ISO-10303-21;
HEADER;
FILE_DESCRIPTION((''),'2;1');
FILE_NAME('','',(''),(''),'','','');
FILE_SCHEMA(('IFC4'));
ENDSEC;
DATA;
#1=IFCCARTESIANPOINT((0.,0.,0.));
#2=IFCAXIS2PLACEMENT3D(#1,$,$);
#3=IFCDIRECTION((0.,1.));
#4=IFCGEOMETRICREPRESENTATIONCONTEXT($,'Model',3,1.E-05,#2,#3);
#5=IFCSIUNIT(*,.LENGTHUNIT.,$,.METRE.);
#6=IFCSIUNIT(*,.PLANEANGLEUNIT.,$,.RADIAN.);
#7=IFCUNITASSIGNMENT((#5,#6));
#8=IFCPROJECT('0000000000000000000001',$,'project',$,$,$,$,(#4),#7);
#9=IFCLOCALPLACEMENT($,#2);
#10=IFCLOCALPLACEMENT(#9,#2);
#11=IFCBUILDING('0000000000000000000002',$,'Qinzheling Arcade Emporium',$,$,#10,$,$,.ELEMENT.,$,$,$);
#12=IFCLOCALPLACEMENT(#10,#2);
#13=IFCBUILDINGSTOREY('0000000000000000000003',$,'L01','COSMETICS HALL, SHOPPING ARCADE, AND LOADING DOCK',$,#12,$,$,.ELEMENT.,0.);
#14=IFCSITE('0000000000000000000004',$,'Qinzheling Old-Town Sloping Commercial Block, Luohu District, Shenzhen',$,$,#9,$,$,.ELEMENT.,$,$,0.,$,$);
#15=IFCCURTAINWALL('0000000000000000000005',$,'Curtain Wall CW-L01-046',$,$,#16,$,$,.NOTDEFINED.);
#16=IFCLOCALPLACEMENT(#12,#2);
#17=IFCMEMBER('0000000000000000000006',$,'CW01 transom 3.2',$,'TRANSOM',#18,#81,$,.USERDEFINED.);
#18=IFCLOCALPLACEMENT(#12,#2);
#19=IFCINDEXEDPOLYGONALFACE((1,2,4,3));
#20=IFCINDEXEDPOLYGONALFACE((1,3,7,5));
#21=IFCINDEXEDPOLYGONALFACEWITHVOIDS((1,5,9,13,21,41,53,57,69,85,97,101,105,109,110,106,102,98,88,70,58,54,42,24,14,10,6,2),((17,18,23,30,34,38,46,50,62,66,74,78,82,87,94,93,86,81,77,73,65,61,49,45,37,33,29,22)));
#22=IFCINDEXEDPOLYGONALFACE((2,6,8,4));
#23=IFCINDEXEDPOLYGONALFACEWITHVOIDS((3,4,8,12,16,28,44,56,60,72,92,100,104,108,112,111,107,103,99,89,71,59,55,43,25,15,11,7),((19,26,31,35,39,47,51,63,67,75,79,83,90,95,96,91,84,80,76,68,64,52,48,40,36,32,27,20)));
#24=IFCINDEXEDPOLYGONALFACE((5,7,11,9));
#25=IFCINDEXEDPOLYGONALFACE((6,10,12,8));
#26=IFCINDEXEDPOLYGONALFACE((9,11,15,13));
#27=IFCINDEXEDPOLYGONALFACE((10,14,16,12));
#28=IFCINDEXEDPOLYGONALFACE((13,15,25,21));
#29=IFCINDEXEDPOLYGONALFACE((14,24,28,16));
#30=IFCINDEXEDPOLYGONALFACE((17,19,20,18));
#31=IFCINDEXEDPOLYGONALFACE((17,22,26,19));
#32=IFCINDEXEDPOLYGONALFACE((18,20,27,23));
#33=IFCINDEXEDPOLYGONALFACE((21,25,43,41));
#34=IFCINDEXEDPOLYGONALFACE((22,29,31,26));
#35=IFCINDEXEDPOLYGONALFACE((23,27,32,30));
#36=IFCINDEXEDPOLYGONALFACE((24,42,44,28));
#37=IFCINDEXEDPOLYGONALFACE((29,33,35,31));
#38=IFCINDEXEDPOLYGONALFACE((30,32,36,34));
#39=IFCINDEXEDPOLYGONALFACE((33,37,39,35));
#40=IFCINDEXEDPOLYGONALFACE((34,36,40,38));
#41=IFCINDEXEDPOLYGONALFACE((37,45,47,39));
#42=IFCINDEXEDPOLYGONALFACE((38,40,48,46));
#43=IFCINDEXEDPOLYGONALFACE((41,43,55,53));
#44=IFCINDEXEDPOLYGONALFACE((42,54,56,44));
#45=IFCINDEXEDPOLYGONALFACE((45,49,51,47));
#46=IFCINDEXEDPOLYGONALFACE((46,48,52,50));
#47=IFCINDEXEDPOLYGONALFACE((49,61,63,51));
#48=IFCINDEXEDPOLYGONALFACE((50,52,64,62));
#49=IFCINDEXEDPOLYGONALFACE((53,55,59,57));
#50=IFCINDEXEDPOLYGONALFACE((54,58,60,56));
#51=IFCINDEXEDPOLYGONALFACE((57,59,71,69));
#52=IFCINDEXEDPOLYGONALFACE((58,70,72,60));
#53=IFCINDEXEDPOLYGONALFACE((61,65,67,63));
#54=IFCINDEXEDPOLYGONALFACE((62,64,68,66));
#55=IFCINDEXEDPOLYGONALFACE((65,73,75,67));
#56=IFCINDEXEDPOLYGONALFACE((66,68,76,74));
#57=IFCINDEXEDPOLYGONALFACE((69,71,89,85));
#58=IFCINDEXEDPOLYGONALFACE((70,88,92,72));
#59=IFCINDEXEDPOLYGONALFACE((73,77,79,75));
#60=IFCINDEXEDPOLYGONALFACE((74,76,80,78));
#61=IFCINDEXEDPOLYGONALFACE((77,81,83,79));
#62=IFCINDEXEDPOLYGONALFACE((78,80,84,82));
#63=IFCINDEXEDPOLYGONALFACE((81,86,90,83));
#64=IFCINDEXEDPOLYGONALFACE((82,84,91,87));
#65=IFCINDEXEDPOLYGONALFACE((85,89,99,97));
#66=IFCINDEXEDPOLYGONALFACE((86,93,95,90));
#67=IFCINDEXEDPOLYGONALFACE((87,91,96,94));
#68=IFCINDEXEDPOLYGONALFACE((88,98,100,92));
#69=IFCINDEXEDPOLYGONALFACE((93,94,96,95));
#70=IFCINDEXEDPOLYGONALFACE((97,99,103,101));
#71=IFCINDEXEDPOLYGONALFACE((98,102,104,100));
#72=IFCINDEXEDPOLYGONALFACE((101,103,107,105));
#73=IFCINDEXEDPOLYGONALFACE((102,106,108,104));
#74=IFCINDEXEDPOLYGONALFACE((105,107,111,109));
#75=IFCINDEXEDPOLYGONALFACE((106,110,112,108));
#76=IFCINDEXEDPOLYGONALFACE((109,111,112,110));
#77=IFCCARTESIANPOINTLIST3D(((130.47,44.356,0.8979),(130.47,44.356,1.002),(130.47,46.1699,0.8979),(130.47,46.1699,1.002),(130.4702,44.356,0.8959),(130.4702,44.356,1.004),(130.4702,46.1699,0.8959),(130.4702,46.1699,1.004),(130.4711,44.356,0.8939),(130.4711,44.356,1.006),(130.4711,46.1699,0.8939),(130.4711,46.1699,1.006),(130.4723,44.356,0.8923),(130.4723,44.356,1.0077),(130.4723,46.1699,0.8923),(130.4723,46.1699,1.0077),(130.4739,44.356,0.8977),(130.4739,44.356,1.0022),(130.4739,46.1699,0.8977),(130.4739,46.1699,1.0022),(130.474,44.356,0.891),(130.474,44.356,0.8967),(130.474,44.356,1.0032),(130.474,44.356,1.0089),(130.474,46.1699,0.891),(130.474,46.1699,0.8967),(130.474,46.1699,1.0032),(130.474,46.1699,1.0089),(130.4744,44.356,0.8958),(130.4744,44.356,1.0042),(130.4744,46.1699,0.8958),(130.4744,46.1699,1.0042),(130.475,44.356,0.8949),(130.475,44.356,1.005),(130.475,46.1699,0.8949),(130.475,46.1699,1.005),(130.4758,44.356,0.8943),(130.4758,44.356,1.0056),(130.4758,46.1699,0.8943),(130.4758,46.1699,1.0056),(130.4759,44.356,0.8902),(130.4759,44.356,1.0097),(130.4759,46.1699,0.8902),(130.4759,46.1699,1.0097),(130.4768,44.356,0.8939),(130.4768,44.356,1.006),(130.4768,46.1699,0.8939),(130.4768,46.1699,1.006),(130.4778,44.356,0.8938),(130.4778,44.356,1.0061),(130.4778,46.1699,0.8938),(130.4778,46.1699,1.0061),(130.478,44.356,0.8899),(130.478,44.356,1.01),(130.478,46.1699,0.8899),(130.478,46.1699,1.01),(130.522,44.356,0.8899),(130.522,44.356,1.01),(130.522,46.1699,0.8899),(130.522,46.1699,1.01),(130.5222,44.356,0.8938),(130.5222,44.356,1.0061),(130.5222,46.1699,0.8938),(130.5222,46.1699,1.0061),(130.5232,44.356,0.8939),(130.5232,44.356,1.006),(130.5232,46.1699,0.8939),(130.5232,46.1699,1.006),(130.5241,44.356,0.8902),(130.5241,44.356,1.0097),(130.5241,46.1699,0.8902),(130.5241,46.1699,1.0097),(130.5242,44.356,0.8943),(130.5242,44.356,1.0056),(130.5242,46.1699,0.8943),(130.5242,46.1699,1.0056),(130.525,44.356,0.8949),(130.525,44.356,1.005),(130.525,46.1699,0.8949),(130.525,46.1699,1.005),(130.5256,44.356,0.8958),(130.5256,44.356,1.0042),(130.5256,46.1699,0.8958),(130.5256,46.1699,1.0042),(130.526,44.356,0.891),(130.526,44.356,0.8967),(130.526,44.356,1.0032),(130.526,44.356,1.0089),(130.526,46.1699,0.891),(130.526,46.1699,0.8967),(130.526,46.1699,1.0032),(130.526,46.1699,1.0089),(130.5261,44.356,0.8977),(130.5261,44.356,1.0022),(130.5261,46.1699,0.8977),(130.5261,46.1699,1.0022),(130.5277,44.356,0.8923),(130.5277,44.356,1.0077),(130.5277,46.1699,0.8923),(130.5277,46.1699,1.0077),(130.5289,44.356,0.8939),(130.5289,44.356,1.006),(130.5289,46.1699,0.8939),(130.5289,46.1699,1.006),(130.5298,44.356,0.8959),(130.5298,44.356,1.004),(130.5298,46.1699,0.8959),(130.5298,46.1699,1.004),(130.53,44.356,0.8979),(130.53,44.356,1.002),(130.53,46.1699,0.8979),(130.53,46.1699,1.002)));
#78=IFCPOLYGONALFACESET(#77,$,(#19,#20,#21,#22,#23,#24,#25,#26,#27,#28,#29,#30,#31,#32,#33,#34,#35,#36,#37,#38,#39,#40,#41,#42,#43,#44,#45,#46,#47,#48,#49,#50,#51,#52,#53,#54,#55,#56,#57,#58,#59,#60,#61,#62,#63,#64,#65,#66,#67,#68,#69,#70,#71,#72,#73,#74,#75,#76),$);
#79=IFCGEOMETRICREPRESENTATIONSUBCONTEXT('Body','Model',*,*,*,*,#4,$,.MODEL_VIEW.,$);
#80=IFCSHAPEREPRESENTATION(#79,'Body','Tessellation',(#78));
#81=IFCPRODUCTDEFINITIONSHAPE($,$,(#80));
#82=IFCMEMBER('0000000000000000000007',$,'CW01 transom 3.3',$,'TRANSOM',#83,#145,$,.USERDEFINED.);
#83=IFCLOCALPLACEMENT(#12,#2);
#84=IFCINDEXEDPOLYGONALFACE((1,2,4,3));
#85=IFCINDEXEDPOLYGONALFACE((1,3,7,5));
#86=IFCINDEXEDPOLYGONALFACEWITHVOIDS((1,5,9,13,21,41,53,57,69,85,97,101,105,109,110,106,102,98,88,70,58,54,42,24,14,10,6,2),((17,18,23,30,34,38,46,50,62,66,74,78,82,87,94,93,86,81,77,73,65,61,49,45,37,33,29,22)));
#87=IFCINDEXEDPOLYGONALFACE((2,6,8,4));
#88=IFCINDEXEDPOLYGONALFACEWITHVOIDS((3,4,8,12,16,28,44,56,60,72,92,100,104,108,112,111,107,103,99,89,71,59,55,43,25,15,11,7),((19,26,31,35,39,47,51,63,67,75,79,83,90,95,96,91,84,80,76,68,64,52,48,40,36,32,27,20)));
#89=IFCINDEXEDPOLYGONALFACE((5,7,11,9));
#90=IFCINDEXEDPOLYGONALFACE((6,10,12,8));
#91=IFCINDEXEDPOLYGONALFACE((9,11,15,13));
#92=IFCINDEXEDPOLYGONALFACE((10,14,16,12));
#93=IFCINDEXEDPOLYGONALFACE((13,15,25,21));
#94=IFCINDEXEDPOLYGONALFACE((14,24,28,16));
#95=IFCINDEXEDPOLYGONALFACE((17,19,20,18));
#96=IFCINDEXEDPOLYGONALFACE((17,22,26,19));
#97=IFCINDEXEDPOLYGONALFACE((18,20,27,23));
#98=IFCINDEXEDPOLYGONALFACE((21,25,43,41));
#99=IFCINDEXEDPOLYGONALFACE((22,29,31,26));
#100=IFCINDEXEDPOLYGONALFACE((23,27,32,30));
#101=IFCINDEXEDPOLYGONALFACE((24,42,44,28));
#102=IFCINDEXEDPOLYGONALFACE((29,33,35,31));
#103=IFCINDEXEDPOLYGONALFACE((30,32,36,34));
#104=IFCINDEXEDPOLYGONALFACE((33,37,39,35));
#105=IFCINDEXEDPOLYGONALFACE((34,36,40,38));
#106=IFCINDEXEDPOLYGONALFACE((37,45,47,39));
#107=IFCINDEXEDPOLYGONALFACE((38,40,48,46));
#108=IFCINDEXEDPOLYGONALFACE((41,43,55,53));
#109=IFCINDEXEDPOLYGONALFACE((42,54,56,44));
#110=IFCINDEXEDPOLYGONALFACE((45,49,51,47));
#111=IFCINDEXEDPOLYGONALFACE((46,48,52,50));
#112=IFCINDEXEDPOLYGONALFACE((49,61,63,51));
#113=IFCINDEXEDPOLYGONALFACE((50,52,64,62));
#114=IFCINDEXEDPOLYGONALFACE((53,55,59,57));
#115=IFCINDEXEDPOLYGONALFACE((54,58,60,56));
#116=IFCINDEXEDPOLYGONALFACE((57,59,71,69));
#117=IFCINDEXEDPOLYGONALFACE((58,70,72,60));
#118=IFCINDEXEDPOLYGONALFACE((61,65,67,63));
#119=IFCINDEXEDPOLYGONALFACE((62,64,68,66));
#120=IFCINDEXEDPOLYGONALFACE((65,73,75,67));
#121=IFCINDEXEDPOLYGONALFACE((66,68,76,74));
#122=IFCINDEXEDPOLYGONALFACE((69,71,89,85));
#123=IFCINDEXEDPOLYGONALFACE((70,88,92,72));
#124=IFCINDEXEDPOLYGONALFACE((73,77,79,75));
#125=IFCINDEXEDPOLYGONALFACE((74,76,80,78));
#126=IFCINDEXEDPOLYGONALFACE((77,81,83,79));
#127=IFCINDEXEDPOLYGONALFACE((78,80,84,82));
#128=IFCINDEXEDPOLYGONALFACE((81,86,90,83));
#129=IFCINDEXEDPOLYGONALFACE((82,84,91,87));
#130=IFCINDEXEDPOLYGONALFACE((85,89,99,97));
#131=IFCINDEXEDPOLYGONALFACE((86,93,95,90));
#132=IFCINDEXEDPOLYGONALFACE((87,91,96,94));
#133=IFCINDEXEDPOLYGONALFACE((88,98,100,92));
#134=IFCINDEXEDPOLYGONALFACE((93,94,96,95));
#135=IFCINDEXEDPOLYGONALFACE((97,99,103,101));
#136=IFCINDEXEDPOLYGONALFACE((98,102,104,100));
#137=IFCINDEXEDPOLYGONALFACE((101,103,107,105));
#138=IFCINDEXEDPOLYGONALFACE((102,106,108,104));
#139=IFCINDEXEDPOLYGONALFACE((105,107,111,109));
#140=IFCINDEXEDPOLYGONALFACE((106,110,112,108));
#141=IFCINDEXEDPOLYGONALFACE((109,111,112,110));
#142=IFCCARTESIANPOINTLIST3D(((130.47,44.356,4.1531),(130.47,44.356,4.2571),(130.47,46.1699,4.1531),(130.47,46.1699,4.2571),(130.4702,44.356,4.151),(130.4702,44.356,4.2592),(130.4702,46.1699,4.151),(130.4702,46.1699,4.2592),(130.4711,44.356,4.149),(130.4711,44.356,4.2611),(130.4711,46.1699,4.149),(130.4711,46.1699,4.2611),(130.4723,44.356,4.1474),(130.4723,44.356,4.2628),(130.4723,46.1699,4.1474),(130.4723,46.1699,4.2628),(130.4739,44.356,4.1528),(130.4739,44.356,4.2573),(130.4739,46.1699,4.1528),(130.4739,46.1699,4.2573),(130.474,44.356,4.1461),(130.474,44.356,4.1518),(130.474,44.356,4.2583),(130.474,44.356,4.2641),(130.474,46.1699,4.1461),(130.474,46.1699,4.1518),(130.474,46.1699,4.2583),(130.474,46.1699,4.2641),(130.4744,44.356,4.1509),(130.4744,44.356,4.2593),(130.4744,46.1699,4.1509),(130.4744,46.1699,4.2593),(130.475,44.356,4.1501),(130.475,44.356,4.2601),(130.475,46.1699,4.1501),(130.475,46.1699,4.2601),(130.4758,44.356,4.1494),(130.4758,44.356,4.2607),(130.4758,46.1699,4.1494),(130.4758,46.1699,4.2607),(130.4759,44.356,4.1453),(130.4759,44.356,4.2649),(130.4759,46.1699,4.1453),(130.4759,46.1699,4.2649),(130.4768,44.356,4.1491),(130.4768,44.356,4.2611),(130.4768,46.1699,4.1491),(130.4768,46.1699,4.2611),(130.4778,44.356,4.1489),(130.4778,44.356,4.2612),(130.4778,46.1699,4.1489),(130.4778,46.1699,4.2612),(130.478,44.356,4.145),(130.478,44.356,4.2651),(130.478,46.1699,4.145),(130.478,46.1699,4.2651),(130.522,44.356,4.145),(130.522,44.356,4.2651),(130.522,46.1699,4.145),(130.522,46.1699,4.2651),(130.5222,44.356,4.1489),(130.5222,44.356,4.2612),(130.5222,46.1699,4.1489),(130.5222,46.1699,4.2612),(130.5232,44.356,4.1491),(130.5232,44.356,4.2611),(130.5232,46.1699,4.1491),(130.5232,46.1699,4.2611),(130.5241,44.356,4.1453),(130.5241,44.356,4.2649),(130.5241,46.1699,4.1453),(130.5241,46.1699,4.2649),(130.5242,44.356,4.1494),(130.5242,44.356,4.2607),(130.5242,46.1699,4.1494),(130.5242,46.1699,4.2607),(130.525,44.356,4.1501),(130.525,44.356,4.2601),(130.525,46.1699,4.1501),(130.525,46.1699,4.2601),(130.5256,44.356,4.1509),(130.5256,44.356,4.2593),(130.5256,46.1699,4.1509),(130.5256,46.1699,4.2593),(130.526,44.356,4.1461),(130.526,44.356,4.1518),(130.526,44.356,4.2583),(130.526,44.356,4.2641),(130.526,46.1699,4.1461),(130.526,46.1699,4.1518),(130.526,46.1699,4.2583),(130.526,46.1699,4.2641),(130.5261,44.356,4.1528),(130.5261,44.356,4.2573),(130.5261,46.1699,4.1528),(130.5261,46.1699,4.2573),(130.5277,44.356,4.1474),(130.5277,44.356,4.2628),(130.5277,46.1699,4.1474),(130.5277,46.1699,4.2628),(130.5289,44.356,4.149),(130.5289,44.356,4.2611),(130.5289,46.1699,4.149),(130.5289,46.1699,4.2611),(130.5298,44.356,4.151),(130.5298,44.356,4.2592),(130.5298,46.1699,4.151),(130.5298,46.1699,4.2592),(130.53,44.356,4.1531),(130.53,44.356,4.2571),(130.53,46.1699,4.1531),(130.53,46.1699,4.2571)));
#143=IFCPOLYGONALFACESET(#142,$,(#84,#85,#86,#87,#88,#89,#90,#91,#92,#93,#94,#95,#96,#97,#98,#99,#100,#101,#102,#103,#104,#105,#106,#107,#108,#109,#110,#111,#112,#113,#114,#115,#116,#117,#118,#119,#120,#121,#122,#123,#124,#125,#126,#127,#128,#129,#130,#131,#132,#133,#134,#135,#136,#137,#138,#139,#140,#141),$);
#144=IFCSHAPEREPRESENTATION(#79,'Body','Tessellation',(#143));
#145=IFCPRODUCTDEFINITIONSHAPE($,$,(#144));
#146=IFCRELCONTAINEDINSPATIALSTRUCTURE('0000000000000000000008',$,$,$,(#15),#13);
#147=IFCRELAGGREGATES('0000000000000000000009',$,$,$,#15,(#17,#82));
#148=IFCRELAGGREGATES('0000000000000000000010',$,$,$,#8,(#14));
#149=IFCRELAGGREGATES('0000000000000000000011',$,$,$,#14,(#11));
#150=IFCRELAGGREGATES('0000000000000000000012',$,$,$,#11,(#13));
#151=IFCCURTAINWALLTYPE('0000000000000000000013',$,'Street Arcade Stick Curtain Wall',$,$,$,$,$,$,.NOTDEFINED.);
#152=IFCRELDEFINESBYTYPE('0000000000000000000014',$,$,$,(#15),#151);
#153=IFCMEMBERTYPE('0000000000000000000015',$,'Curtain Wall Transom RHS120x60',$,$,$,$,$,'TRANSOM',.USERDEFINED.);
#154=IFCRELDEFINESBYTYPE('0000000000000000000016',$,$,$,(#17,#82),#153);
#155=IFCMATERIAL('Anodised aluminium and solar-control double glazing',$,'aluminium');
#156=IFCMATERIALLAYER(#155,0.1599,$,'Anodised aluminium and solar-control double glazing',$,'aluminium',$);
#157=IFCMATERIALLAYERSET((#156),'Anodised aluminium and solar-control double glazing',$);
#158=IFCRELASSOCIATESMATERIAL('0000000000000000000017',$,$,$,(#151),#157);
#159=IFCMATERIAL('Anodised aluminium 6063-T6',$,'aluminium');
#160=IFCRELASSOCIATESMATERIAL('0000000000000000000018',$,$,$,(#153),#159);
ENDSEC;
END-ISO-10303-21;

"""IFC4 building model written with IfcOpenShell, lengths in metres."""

from ifc_helpers import new_model, si_unit, direction, frame, origin, origin_2d, place, context, subcontext, project, spatial, hollow_rectangle, extrude, material, layer, layer_set, material_profile, profile_set, type_object, element, aggregate, save


model = new_model("IFC4")

# Units and contexts
model_context = context("Model", 3, precision=1e-05, world=origin(), true_north=direction((0.0, 1.0)))
body_context = subcontext(model_context, "Body", "Model", "MODEL_VIEW")
ifc_project = project(units=[si_unit("LENGTHUNIT", "METRE"), si_unit("PLANEANGLEUNIT", "RADIAN")], contexts=[model_context])

# Site, building, storey
site_placement = place(None, origin())
site = spatial("IfcSite", under=ifc_project, at=site_placement, Name="Qinzheling Old-Town Sloping Commercial Block, Luohu District, Shenzhen", CompositionType="ELEMENT", RefElevation=0.0)
building_placement = place(site_placement, origin())
building = spatial("IfcBuilding", under=site, at=building_placement, Name="Qinzheling Arcade Emporium", CompositionType="ELEMENT")
storey_placement = place(building_placement, origin())
storey = spatial("IfcBuildingStorey", under=building, at=storey_placement, Name="L01", Description="COSMETICS HALL, SHOPPING ARCADE, AND LOADING DOCK", CompositionType="ELEMENT", Elevation=0.0)

# Curtain wall, members
ifc_material_1 = material(Name="Anodised aluminium and solar-control double glazing", Category="aluminium")
ifc_layer_1 = layer(ifc_material_1, 0.1599, Name="Anodised aluminium and solar-control double glazing", Category="aluminium")
ifc_layer_set_1 = layer_set([ifc_layer_1], Name="Anodised aluminium and solar-control double glazing")
curtain_wall_type = type_object("IfcCurtainWallType", Name="Street Arcade Stick Curtain Wall", PredefinedType="NOTDEFINED", material=ifc_layer_set_1)
curtain_wall_placement = place(storey_placement, origin())
curtain_wall = element("IfcCurtainWall", 1, at=curtain_wall_placement, inside=storey, type_object=curtain_wall_type, Name="Curtain Wall CW-L01-046", PredefinedType="NOTDEFINED")
ifc_material_2 = material(Name="Anodised aluminium 6063-T6", Category="aluminium")
ifc_material_profile_1 = material_profile(ifc_material_2, hollow_rectangle(XDim=0.0601, YDim=0.1201, WallThickness=0.0039, InnerFilletRadius=0.0039, OuterFilletRadius=0.0081, at=origin_2d()), Name="RHS 120x60x4", Category="aluminium")
ifc_profile_set_1 = profile_set([ifc_material_profile_1], Name="Anodised aluminium 6063-T6")
member_type_1 = type_object("IfcMemberType", Name="Curtain Wall Transom RHS120x60", ElementType="TRANSOM", PredefinedType="USERDEFINED", material=ifc_profile_set_1)
member_1_placement = place(storey_placement, frame((130.5, 46.1699, 0.95), z_axis=(0.0, -1.0, 0.0), x_axis=(1.0, 0.0, 0.0)))
member_1 = element("IfcMember", 2, at=member_1_placement, type_object=member_type_1, Name="CW01 transom 3.2", ObjectType="TRANSOM", PredefinedType="USERDEFINED", context=body_context, shape_type="SweptSolid", body=[
    extrude(hollow_rectangle(XDim=0.0601, YDim=0.1201, WallThickness=0.0039, InnerFilletRadius=0.0039, OuterFilletRadius=0.0081, at=origin_2d()), origin(), (0.0, 0.0, 1.0), 1.814),
])
member_2_placement = place(storey_placement, frame((130.5, 46.1699, 4.2051), z_axis=(0.0, -1.0, 0.0), x_axis=(1.0, 0.0, 0.0)))
member_2 = element("IfcMember", 3, at=member_2_placement, type_object=member_type_1, Name="CW01 transom 3.3", ObjectType="TRANSOM", PredefinedType="USERDEFINED", context=body_context, shape_type="SweptSolid", body=[
    extrude(hollow_rectangle(XDim=0.0601, YDim=0.1201, WallThickness=0.0039, InnerFilletRadius=0.0039, OuterFilletRadius=0.0081, at=origin_2d()), origin(), (0.0, 0.0, 1.0), 1.814),
])

aggregate(curtain_wall, [member_1, member_2])

save(model, "model.ifc")
